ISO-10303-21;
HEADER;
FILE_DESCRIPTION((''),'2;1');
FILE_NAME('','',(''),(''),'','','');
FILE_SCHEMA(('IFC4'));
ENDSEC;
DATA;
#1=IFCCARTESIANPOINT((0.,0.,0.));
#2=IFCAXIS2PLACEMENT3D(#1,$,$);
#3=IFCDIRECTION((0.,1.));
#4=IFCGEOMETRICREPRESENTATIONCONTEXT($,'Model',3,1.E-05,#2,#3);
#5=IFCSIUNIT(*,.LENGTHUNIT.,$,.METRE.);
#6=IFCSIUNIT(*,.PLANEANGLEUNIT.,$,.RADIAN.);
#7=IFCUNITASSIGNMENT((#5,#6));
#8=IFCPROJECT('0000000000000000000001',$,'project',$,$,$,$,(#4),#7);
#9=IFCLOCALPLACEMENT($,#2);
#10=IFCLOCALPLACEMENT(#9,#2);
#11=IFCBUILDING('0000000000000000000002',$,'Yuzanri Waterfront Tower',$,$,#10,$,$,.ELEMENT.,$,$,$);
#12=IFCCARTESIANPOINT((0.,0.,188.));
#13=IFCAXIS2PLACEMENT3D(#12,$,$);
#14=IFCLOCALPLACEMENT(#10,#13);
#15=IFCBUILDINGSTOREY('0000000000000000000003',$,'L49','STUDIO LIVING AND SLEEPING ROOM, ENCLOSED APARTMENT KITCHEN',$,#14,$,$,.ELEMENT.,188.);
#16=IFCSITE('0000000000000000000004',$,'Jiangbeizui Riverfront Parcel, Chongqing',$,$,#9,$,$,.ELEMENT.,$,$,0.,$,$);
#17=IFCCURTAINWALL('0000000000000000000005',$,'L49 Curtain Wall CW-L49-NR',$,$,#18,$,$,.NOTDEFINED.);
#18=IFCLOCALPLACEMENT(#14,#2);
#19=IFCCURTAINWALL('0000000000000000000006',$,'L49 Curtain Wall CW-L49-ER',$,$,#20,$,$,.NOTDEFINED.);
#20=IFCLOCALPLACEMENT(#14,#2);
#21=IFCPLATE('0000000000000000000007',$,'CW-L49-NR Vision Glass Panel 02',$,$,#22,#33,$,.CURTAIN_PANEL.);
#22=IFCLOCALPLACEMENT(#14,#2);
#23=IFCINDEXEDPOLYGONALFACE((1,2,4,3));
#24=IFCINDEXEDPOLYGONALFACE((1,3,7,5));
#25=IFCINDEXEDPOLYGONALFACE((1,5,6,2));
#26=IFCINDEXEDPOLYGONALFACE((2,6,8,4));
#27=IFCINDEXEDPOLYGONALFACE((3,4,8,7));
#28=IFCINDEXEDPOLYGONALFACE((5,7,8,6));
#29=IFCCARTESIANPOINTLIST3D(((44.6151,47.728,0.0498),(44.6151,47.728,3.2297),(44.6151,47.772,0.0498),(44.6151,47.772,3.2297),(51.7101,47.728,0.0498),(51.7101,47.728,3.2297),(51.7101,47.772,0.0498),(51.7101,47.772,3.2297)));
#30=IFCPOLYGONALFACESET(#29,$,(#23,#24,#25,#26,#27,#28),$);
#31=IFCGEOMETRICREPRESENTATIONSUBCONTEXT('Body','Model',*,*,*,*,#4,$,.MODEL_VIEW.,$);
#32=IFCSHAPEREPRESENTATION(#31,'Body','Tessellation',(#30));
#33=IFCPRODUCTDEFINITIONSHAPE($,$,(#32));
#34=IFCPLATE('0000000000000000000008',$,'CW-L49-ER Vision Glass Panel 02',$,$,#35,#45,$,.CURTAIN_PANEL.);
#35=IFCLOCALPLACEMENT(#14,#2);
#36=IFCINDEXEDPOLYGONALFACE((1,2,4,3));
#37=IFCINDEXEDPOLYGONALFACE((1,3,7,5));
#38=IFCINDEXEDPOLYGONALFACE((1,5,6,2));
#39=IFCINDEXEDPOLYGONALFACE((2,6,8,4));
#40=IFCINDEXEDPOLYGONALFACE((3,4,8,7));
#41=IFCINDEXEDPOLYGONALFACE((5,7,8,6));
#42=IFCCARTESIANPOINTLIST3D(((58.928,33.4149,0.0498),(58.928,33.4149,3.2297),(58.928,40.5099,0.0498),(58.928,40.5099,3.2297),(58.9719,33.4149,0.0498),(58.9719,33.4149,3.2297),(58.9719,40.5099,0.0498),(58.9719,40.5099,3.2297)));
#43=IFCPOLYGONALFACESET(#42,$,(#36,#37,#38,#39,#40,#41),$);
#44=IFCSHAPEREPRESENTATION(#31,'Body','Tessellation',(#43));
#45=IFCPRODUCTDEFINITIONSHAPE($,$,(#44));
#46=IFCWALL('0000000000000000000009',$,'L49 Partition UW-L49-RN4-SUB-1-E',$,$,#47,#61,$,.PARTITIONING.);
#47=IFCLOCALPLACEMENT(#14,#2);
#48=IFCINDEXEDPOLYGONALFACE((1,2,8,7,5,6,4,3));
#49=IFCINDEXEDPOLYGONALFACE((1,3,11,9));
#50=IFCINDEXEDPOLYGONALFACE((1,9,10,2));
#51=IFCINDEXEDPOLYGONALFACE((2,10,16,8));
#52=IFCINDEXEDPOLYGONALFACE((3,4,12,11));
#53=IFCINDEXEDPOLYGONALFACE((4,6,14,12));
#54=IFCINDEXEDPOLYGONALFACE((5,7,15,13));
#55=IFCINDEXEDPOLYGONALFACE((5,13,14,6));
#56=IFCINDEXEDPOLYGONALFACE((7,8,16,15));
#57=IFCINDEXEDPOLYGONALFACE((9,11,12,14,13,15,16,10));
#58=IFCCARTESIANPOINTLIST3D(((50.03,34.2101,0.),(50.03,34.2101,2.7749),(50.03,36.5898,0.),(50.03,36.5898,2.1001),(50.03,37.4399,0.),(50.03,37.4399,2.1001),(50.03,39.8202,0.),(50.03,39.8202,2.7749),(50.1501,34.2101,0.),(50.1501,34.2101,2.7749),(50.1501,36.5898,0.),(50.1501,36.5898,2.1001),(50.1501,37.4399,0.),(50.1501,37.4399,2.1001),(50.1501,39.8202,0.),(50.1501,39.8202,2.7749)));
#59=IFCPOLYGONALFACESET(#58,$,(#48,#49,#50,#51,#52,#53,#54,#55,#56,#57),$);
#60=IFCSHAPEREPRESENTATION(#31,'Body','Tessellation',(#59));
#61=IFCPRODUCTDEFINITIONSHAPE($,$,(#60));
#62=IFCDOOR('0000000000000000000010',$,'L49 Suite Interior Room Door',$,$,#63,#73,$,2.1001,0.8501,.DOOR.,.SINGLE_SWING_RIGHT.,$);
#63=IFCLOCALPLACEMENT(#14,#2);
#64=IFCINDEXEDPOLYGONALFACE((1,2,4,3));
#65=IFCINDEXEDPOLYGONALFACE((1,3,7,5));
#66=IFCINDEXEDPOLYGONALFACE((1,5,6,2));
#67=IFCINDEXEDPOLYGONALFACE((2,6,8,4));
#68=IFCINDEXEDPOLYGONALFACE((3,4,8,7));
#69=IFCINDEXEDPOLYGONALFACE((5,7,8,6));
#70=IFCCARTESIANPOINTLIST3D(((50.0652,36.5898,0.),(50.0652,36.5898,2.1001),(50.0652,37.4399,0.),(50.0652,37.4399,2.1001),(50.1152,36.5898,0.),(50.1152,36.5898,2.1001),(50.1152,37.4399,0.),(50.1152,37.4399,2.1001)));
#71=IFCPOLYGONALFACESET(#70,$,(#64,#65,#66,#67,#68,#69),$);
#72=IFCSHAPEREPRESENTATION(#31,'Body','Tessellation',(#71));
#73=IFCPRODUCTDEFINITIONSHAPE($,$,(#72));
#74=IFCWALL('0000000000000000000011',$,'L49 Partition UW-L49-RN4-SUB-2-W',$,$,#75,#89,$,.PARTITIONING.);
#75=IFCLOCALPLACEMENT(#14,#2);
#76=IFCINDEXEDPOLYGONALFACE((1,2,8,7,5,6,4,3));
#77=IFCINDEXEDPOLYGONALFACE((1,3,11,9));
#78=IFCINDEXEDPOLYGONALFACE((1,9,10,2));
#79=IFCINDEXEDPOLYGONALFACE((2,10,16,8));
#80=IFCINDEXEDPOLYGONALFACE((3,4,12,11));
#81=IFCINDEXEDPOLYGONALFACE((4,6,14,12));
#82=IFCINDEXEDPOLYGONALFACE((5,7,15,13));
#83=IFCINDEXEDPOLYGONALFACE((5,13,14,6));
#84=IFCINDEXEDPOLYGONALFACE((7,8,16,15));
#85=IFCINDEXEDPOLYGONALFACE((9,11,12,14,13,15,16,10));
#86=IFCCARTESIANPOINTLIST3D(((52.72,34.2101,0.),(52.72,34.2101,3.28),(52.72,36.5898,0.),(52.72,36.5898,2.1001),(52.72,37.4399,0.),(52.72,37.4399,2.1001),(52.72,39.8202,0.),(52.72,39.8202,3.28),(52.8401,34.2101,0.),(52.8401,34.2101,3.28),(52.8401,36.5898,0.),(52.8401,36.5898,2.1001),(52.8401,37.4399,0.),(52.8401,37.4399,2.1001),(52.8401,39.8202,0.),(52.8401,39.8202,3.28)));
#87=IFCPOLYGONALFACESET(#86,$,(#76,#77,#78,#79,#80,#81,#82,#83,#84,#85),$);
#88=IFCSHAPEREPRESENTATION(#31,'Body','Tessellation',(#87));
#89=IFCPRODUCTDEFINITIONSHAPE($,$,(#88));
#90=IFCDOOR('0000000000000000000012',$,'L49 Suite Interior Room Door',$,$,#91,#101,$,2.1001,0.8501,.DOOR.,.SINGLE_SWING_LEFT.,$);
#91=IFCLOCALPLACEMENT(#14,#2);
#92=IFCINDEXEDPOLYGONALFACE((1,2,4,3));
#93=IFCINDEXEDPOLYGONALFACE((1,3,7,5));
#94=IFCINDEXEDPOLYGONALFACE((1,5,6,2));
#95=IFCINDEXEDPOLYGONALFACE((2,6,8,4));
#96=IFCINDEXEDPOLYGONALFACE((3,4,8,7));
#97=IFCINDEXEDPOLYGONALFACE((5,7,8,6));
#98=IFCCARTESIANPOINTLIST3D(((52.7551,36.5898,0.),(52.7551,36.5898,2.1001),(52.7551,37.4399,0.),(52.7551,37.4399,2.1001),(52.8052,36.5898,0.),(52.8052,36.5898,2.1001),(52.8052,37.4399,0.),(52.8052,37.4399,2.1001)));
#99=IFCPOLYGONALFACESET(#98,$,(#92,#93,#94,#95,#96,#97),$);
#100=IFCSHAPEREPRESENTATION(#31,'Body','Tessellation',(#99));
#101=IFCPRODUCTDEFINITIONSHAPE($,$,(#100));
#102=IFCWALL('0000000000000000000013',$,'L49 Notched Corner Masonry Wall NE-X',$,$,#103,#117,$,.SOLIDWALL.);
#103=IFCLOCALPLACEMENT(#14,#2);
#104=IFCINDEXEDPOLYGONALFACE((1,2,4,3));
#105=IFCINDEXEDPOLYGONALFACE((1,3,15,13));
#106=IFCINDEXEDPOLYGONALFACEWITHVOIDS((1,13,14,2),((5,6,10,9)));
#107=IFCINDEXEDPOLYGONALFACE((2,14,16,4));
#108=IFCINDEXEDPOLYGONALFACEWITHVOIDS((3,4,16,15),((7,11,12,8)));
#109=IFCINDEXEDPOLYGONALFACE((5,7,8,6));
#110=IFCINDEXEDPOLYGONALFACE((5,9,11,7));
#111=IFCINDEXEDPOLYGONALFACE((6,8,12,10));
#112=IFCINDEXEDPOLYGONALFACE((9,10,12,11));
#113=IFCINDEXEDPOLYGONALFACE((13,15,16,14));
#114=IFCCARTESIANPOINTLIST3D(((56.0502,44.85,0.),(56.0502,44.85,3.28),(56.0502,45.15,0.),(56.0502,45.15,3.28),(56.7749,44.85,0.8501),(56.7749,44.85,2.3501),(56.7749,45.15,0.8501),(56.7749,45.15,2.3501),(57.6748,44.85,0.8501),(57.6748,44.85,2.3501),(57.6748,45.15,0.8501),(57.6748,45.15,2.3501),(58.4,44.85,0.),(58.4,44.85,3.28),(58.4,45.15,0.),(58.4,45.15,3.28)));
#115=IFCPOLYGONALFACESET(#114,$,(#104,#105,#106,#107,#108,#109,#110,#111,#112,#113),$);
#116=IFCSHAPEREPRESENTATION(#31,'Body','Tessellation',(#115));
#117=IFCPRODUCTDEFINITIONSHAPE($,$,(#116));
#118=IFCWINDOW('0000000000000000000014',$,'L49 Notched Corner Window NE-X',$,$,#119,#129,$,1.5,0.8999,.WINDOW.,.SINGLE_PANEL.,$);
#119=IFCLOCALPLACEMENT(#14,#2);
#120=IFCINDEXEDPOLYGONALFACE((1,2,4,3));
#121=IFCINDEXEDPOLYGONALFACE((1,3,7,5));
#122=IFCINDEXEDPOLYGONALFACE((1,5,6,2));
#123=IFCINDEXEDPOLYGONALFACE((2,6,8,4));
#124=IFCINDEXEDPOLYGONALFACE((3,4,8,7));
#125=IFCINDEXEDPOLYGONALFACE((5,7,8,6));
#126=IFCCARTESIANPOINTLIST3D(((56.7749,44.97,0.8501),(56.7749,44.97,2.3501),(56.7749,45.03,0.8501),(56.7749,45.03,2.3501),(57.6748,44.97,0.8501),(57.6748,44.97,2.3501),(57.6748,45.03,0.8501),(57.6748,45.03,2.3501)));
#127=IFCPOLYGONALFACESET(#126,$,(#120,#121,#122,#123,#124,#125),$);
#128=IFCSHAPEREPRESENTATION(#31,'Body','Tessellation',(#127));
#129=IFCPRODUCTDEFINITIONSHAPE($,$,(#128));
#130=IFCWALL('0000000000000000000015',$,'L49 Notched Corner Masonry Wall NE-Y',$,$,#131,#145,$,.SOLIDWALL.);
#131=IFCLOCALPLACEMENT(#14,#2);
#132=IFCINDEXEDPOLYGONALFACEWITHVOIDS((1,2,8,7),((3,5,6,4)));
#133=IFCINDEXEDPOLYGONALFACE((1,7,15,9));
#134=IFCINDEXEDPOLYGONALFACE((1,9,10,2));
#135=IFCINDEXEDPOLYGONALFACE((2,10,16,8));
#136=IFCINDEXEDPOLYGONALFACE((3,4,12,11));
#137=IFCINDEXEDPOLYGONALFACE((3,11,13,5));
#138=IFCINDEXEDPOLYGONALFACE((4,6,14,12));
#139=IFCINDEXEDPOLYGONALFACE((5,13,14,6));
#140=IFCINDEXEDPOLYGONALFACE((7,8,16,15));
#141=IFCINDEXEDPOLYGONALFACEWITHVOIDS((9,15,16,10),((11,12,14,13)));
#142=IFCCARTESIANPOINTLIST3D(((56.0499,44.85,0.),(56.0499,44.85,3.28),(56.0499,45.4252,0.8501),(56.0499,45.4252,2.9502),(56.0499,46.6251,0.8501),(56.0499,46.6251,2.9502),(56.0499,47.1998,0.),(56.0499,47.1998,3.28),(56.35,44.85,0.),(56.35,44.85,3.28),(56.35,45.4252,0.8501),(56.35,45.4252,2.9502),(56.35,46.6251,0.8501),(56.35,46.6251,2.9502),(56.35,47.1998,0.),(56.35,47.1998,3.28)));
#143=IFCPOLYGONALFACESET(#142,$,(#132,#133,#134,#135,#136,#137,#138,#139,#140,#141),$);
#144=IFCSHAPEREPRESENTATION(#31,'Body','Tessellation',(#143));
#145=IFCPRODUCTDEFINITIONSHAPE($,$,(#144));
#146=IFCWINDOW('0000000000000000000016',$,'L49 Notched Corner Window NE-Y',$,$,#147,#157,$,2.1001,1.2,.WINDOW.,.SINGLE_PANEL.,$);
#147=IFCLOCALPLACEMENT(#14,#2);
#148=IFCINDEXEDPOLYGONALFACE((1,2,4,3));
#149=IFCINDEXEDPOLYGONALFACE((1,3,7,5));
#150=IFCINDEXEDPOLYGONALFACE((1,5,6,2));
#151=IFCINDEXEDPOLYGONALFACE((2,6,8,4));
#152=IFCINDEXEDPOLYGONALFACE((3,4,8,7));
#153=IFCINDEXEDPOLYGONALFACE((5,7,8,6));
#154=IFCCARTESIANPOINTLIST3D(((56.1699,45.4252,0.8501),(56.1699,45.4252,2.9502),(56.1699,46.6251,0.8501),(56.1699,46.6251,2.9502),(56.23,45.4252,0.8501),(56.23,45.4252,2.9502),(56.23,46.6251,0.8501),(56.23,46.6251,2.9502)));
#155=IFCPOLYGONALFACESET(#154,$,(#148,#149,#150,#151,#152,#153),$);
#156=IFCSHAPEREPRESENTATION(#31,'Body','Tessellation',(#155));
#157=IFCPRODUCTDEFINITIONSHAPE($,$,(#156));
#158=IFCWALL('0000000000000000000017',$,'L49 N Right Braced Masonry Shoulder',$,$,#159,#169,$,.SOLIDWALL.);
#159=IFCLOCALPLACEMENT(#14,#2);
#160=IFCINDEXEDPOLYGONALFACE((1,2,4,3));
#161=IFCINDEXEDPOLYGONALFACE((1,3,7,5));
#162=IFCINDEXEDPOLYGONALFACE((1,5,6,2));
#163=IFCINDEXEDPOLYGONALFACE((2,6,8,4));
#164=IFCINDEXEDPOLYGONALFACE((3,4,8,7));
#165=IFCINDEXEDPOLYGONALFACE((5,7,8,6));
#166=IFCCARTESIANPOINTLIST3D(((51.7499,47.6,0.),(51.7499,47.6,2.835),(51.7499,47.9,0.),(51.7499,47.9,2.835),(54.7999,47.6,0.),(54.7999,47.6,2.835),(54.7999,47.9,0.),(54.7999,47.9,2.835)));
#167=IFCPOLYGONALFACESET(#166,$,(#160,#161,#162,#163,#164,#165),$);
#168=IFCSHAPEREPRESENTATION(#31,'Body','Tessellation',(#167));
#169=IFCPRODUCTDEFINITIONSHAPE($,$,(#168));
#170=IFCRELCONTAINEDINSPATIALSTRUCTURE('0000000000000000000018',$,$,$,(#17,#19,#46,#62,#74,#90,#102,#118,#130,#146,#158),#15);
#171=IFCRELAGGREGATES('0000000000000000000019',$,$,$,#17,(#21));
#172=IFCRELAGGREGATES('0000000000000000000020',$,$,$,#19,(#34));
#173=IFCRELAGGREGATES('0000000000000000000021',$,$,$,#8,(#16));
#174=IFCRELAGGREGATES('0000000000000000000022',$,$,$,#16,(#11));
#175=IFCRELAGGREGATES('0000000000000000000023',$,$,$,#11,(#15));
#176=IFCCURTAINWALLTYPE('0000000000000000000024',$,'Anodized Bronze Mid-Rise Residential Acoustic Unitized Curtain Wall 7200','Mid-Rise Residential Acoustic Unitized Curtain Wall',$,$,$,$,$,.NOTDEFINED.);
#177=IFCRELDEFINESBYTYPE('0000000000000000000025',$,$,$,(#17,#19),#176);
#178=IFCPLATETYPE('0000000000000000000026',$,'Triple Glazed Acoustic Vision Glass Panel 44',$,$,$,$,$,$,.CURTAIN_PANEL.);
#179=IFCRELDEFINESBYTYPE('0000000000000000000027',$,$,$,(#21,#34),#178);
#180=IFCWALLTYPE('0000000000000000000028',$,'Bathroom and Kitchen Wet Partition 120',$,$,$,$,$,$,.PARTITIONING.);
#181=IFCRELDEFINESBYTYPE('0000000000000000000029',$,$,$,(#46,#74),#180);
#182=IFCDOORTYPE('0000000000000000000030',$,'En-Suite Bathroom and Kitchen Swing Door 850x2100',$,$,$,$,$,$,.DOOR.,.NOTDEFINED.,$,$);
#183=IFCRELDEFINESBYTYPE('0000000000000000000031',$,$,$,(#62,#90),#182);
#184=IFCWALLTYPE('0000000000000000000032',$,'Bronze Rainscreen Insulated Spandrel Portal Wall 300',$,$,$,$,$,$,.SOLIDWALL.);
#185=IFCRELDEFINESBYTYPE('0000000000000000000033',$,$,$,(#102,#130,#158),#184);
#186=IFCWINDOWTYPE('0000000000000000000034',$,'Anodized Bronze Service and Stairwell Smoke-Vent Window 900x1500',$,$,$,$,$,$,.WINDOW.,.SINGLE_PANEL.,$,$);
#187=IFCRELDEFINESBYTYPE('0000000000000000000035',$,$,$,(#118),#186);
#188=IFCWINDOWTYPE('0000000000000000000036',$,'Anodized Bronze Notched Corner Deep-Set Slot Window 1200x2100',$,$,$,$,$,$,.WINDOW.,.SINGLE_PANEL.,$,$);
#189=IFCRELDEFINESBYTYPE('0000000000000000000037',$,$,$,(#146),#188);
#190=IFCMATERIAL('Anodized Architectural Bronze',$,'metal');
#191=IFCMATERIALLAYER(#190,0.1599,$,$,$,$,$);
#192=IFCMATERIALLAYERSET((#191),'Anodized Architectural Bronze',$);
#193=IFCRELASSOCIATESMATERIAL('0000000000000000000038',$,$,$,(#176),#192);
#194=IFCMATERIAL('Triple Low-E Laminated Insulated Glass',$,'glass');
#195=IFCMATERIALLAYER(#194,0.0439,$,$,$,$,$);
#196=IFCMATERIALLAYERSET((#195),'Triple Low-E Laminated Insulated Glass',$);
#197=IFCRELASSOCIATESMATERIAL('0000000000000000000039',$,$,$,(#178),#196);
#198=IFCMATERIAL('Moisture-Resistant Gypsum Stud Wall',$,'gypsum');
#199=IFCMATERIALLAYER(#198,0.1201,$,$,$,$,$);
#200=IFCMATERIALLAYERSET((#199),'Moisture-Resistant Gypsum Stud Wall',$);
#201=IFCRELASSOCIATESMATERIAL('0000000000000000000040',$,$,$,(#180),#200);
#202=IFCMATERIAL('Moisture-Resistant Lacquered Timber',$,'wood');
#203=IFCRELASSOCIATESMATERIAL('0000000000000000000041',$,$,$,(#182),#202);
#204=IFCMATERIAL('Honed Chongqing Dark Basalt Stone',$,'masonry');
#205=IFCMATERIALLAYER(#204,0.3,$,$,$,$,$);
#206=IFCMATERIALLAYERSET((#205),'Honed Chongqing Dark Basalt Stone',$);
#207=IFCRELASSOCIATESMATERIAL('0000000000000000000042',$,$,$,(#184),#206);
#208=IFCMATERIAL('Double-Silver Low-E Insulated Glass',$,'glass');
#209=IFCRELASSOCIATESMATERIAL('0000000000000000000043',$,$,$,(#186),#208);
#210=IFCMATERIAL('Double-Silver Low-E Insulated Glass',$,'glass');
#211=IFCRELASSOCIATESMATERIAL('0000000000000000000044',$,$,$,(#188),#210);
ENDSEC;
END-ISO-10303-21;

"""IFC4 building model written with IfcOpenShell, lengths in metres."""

from ifc_helpers import new_model, si_unit, direction, frame, frame_2d, origin, origin_2d, place, context, subcontext, project, spatial, rectangle, extrude, source, transform, mapped, material, layer, layer_set, type_object, element, fill, aggregate, save


model = new_model("IFC4")

# Units and contexts
model_context = context("Model", 3, precision=1e-05, world=origin(), true_north=direction((0.0, 1.0)))
body_context = subcontext(model_context, "Body", "Model", "MODEL_VIEW")
ifc_project = project(units=[si_unit("LENGTHUNIT", "METRE"), si_unit("PLANEANGLEUNIT", "RADIAN")], contexts=[model_context])

# Site, building, storey
site_placement = place(None, origin())
site = spatial("IfcSite", under=ifc_project, at=site_placement, Name="Jiangbeizui Riverfront Parcel, Chongqing", CompositionType="ELEMENT", RefElevation=0.0)
building_placement = place(site_placement, origin())
building = spatial("IfcBuilding", under=site, at=building_placement, Name="Yuzanri Waterfront Tower", CompositionType="ELEMENT")
storey_placement = place(building_placement, frame((0.0, 0.0, 188.0)))
storey = spatial("IfcBuildingStorey", under=building, at=storey_placement, Name="L49", Description="STUDIO LIVING AND SLEEPING ROOM, ENCLOSED APARTMENT KITCHEN", CompositionType="ELEMENT", Elevation=188.0)

# Curtain walls
ifc_material_1 = material(Name="Anodized Architectural Bronze", Category="metal")
ifc_layer_1 = layer(ifc_material_1, 0.1599)
ifc_layer_set_1 = layer_set([ifc_layer_1], Name="Anodized Architectural Bronze")
curtain_wall_type = type_object("IfcCurtainWallType", Name="Anodized Bronze Mid-Rise Residential Acoustic Unitized Curtain Wall 7200", Description="Mid-Rise Residential Acoustic Unitized Curtain Wall", PredefinedType="NOTDEFINED", material=ifc_layer_set_1)
curtain_wall_1_placement = place(storey_placement, origin())
curtain_wall_1 = element("IfcCurtainWall", 1, at=curtain_wall_1_placement, inside=storey, type_object=curtain_wall_type, Name="L49 Curtain Wall CW-L49-NR", PredefinedType="NOTDEFINED")
curtain_wall_2_placement = place(storey_placement, origin())
curtain_wall_2 = element("IfcCurtainWall", 2, at=curtain_wall_2_placement, inside=storey, type_object=curtain_wall_type, Name="L49 Curtain Wall CW-L49-ER", PredefinedType="NOTDEFINED")

# Plates
ifc_material_2 = material(Name="Triple Low-E Laminated Insulated Glass", Category="glass")
ifc_layer_2 = layer(ifc_material_2, 0.0439)
ifc_layer_set_2 = layer_set([ifc_layer_2], Name="Triple Low-E Laminated Insulated Glass")
plate_type_1 = type_object("IfcPlateType", Name="Triple Glazed Acoustic Vision Glass Panel 44", PredefinedType="CURTAIN_PANEL", material=ifc_layer_set_2)
shared_shape_1 = source(origin(), body_context, "Body", "SweptSolid", [
    extrude(rectangle(XDim=7.095, YDim=0.0439, at=origin_2d()), origin(), (0.0, 0.0, 1.0), 3.1799),
])
plate_1_placement = place(storey_placement, frame((48.1626, 47.75, 0.0498), z_axis=(0.0, 0.0, 1.0), x_axis=(1.0, 0.0, 0.0)))
plate_1 = element("IfcPlate", 3, at=plate_1_placement, type_object=plate_type_1, Name="CW-L49-NR Vision Glass Panel 02", PredefinedType="CURTAIN_PANEL", context=body_context, shape_type="MappedRepresentation", body=[
    mapped(shared_shape_1, transform((0.0, 0.0, 0.0), scale=1.0)),
])
aggregate(curtain_wall_1, [plate_1])
plate_2_placement = place(storey_placement, frame((58.95, 36.9624, 0.0498), z_axis=(0.0, 0.0, 1.0), x_axis=(0.0, 1.0, 0.0)))
plate_2 = element("IfcPlate", 4, at=plate_2_placement, type_object=plate_type_1, Name="CW-L49-ER Vision Glass Panel 02", PredefinedType="CURTAIN_PANEL", context=body_context, shape_type="MappedRepresentation", body=[
    mapped(shared_shape_1, transform((0.0, 0.0, 0.0), scale=1.0)),
])
aggregate(curtain_wall_2, [plate_2])

# Walls, openings, doors
ifc_material_3 = material(Name="Moisture-Resistant Gypsum Stud Wall", Category="gypsum")
ifc_layer_3 = layer(ifc_material_3, 0.1201)
ifc_layer_set_3 = layer_set([ifc_layer_3], Name="Moisture-Resistant Gypsum Stud Wall")
wall_type_1 = type_object("IfcWallType", Name="Bathroom and Kitchen Wet Partition 120", PredefinedType="PARTITIONING", material=ifc_layer_set_3)
wall_1_placement = place(storey_placement, frame((50.0901, 34.21, 0.0), z_axis=(0.0, 0.0, 1.0), x_axis=(0.0, 1.0, 0.0)))
wall_1 = element("IfcWall", 5, at=wall_1_placement, inside=storey, type_object=wall_type_1, Name="L49 Partition UW-L49-RN4-SUB-1-E", PredefinedType="PARTITIONING", context=body_context, shape_type="SweptSolid", body=[
    extrude(rectangle(XDim=5.6101, YDim=0.1201, at=frame_2d((2.8052, 0.0))), origin(), (0.0, 0.0, 1.0), 2.7749),
])
opening_1_placement = place(wall_1_placement, frame((2.3799, 0.0, 0.0)))
opening_1 = element("IfcOpeningElement", 6, at=opening_1_placement, cuts=wall_1, PredefinedType="OPENING", context=body_context, shape_type="SweptSolid", body=[
    extrude(rectangle(XDim=0.8501, YDim=2.1001, at=frame_2d((0.425, 1.05))), frame((0.0, 0.075, 0.0), z_axis=(0.0, -1.0, 0.0), x_axis=(1.0, 0.0, 0.0)), (0.0, 0.0, 1.0), 0.1499),
])
ifc_material_4 = material(Name="Moisture-Resistant Lacquered Timber", Category="wood")
door_type = type_object("IfcDoorType", Name="En-Suite Bathroom and Kitchen Swing Door 850x2100", OperationType="NOTDEFINED", PredefinedType="DOOR", material=ifc_material_4)
shared_shape_2 = source(origin(), body_context, "Body", "SweptSolid", [
    extrude(rectangle(XDim=0.8501, YDim=2.1001, at=frame_2d((0.425, 1.05))), frame((0.0, 0.0249, 0.0), z_axis=(0.0, -1.0, 0.0), x_axis=(1.0, 0.0, 0.0)), (0.0, 0.0, 1.0), 0.05),
])
door_1_placement = place(opening_1_placement, origin())
door_1 = element("IfcDoor", 7, at=door_1_placement, inside=storey, type_object=door_type, Name="L49 Suite Interior Room Door", OperationType="SINGLE_SWING_RIGHT", OverallHeight=2.1001, OverallWidth=0.8501, PredefinedType="DOOR", context=body_context, shape_type="MappedRepresentation", body=[
    mapped(shared_shape_2, transform((0.0, 0.0, 0.0), scale=1.0)),
])
fill(opening_1, door_1)
wall_2_placement = place(storey_placement, frame((52.78, 34.21, 0.0), z_axis=(0.0, 0.0, 1.0), x_axis=(0.0, 1.0, 0.0)))
wall_2 = element("IfcWall", 8, at=wall_2_placement, inside=storey, type_object=wall_type_1, Name="L49 Partition UW-L49-RN4-SUB-2-W", PredefinedType="PARTITIONING", context=body_context, shape_type="SweptSolid", body=[
    extrude(rectangle(XDim=5.6101, YDim=0.1201, at=frame_2d((2.8052, 0.0))), origin(), (0.0, 0.0, 1.0), 3.28),
])
opening_2_placement = place(wall_2_placement, frame((2.3799, 0.0, 0.0)))
opening_2 = element("IfcOpeningElement", 9, at=opening_2_placement, cuts=wall_2, PredefinedType="OPENING", context=body_context, shape_type="SweptSolid", body=[
    extrude(rectangle(XDim=0.8501, YDim=2.1001, at=frame_2d((0.425, 1.05))), frame((0.0, 0.075, 0.0), z_axis=(0.0, -1.0, 0.0), x_axis=(1.0, 0.0, 0.0)), (0.0, 0.0, 1.0), 0.1499),
])
door_2_placement = place(opening_2_placement, origin())
door_2 = element("IfcDoor", 10, at=door_2_placement, inside=storey, type_object=door_type, Name="L49 Suite Interior Room Door", OperationType="SINGLE_SWING_LEFT", OverallHeight=2.1001, OverallWidth=0.8501, PredefinedType="DOOR", context=body_context, shape_type="MappedRepresentation", body=[
    mapped(shared_shape_2, transform((0.0, 0.0, 0.0), scale=1.0)),
])
fill(opening_2, door_2)

# Walls, openings, windows
ifc_material_5 = material(Name="Honed Chongqing Dark Basalt Stone", Category="masonry")
ifc_layer_4 = layer(ifc_material_5, 0.3)
ifc_layer_set_4 = layer_set([ifc_layer_4], Name="Honed Chongqing Dark Basalt Stone")
wall_type_2 = type_object("IfcWallType", Name="Bronze Rainscreen Insulated Spandrel Portal Wall 300", PredefinedType="SOLIDWALL", material=ifc_layer_set_4)
wall_3_placement = place(storey_placement, frame((58.3999, 45.0, 0.0), z_axis=(0.0, 0.0, 1.0), x_axis=(-1.0, 0.0, 0.0)))
wall_3 = element("IfcWall", 11, at=wall_3_placement, inside=storey, type_object=wall_type_2, Name="L49 Notched Corner Masonry Wall NE-X", PredefinedType="SOLIDWALL", context=body_context, shape_type="SweptSolid", body=[
    extrude(rectangle(XDim=2.3499, YDim=0.3, at=frame_2d((1.1748, 0.0))), origin(), (0.0, 0.0, 1.0), 3.28),
])
opening_3_placement = place(wall_3_placement, frame((0.7251, 0.0, 0.8501)))
opening_3 = element("IfcOpeningElement", 12, at=opening_3_placement, cuts=wall_3, PredefinedType="OPENING", context=body_context, shape_type="SweptSolid", body=[
    extrude(rectangle(XDim=0.8999, YDim=1.5, at=frame_2d((0.45, 0.75))), frame((0.0, 0.165, 0.0), z_axis=(0.0, -1.0, 0.0), x_axis=(1.0, 0.0, 0.0)), (0.0, 0.0, 1.0), 0.3298),
])
ifc_material_6 = material(Name="Double-Silver Low-E Insulated Glass", Category="glass")
window_type_1 = type_object("IfcWindowType", Name="Anodized Bronze Service and Stairwell Smoke-Vent Window 900x1500", PartitioningType="SINGLE_PANEL", PredefinedType="WINDOW", material=ifc_material_6)
shared_shape_3 = source(origin(), body_context, "Body", "SweptSolid", [
    extrude(rectangle(XDim=0.8999, YDim=1.5, at=frame_2d((0.45, 0.75))), frame((0.0, 0.03, 0.0), z_axis=(0.0, -1.0, 0.0), x_axis=(1.0, 0.0, 0.0)), (0.0, 0.0, 1.0), 0.0601),
])
window_1_placement = place(opening_3_placement, origin())
window_1 = element("IfcWindow", 13, at=window_1_placement, inside=storey, type_object=window_type_1, Name="L49 Notched Corner Window NE-X", OverallHeight=1.5, OverallWidth=0.8999, PartitioningType="SINGLE_PANEL", PredefinedType="WINDOW", context=body_context, shape_type="MappedRepresentation", body=[
    mapped(shared_shape_3, transform((0.0, 0.0, 0.0), scale=1.0)),
])
fill(opening_3, window_1)
wall_4_placement = place(storey_placement, frame((56.2, 44.8501, 0.0), z_axis=(0.0, 0.0, 1.0), x_axis=(0.0, 1.0, 0.0)))
wall_4 = element("IfcWall", 14, at=wall_4_placement, inside=storey, type_object=wall_type_2, Name="L49 Notched Corner Masonry Wall NE-Y", PredefinedType="SOLIDWALL", context=body_context, shape_type="SweptSolid", body=[
    extrude(rectangle(XDim=2.3499, YDim=0.3, at=frame_2d((1.1748, 0.0))), origin(), (0.0, 0.0, 1.0), 3.28),
])
opening_4_placement = place(wall_4_placement, frame((0.575, 0.0, 0.8501)))
opening_4 = element("IfcOpeningElement", 15, at=opening_4_placement, cuts=wall_4, PredefinedType="OPENING", context=body_context, shape_type="SweptSolid", body=[
    extrude(rectangle(XDim=1.2, YDim=2.1001, at=frame_2d((0.6001, 1.05))), frame((0.0, 0.165, 0.0), z_axis=(0.0, -1.0, 0.0), x_axis=(1.0, 0.0, 0.0)), (0.0, 0.0, 1.0), 0.3298),
])
ifc_material_7 = material(Name="Double-Silver Low-E Insulated Glass", Category="glass")
window_type_2 = type_object("IfcWindowType", Name="Anodized Bronze Notched Corner Deep-Set Slot Window 1200x2100", PartitioningType="SINGLE_PANEL", PredefinedType="WINDOW", material=ifc_material_7)
shared_shape_4 = source(origin(), body_context, "Body", "SweptSolid", [
    extrude(rectangle(XDim=1.2, YDim=2.1001, at=frame_2d((0.6001, 1.05))), frame((0.0, 0.03, 0.0), z_axis=(0.0, -1.0, 0.0), x_axis=(1.0, 0.0, 0.0)), (0.0, 0.0, 1.0), 0.0601),
])
window_2_placement = place(opening_4_placement, origin())
window_2 = element("IfcWindow", 16, at=window_2_placement, inside=storey, type_object=window_type_2, Name="L49 Notched Corner Window NE-Y", OverallHeight=2.1001, OverallWidth=1.2, PartitioningType="SINGLE_PANEL", PredefinedType="WINDOW", context=body_context, shape_type="MappedRepresentation", body=[
    mapped(shared_shape_4, transform((0.0, 0.0, 0.0), scale=1.0)),
])
fill(opening_4, window_2)

# Wall
shared_shape_5 = source(origin(), body_context, "Body", "SweptSolid", [
    extrude(rectangle(XDim=3.05, YDim=0.3, at=frame_2d((1.5249, 0.0))), origin(), (0.0, 0.0, 1.0), 2.835),
])
for number, where, z_axis, x_axis, name in (
    (17, (51.75, 47.75, 0.0), (0.0, 0.0, 1.0), (1.0, 0.0, 0.0), "L49 N Right Braced Masonry Shoulder"),
):
    element("IfcWall", number, at=place(storey_placement, frame(where, z_axis=z_axis, x_axis=x_axis)), inside=storey, type_object=wall_type_2, Name=name, PredefinedType="SOLIDWALL", context=body_context, shape_type="MappedRepresentation", body=[
        mapped(shared_shape_5, transform((0.0, 0.0, 0.0), scale=1.0)),
    ])

save(model, "model.ifc")
